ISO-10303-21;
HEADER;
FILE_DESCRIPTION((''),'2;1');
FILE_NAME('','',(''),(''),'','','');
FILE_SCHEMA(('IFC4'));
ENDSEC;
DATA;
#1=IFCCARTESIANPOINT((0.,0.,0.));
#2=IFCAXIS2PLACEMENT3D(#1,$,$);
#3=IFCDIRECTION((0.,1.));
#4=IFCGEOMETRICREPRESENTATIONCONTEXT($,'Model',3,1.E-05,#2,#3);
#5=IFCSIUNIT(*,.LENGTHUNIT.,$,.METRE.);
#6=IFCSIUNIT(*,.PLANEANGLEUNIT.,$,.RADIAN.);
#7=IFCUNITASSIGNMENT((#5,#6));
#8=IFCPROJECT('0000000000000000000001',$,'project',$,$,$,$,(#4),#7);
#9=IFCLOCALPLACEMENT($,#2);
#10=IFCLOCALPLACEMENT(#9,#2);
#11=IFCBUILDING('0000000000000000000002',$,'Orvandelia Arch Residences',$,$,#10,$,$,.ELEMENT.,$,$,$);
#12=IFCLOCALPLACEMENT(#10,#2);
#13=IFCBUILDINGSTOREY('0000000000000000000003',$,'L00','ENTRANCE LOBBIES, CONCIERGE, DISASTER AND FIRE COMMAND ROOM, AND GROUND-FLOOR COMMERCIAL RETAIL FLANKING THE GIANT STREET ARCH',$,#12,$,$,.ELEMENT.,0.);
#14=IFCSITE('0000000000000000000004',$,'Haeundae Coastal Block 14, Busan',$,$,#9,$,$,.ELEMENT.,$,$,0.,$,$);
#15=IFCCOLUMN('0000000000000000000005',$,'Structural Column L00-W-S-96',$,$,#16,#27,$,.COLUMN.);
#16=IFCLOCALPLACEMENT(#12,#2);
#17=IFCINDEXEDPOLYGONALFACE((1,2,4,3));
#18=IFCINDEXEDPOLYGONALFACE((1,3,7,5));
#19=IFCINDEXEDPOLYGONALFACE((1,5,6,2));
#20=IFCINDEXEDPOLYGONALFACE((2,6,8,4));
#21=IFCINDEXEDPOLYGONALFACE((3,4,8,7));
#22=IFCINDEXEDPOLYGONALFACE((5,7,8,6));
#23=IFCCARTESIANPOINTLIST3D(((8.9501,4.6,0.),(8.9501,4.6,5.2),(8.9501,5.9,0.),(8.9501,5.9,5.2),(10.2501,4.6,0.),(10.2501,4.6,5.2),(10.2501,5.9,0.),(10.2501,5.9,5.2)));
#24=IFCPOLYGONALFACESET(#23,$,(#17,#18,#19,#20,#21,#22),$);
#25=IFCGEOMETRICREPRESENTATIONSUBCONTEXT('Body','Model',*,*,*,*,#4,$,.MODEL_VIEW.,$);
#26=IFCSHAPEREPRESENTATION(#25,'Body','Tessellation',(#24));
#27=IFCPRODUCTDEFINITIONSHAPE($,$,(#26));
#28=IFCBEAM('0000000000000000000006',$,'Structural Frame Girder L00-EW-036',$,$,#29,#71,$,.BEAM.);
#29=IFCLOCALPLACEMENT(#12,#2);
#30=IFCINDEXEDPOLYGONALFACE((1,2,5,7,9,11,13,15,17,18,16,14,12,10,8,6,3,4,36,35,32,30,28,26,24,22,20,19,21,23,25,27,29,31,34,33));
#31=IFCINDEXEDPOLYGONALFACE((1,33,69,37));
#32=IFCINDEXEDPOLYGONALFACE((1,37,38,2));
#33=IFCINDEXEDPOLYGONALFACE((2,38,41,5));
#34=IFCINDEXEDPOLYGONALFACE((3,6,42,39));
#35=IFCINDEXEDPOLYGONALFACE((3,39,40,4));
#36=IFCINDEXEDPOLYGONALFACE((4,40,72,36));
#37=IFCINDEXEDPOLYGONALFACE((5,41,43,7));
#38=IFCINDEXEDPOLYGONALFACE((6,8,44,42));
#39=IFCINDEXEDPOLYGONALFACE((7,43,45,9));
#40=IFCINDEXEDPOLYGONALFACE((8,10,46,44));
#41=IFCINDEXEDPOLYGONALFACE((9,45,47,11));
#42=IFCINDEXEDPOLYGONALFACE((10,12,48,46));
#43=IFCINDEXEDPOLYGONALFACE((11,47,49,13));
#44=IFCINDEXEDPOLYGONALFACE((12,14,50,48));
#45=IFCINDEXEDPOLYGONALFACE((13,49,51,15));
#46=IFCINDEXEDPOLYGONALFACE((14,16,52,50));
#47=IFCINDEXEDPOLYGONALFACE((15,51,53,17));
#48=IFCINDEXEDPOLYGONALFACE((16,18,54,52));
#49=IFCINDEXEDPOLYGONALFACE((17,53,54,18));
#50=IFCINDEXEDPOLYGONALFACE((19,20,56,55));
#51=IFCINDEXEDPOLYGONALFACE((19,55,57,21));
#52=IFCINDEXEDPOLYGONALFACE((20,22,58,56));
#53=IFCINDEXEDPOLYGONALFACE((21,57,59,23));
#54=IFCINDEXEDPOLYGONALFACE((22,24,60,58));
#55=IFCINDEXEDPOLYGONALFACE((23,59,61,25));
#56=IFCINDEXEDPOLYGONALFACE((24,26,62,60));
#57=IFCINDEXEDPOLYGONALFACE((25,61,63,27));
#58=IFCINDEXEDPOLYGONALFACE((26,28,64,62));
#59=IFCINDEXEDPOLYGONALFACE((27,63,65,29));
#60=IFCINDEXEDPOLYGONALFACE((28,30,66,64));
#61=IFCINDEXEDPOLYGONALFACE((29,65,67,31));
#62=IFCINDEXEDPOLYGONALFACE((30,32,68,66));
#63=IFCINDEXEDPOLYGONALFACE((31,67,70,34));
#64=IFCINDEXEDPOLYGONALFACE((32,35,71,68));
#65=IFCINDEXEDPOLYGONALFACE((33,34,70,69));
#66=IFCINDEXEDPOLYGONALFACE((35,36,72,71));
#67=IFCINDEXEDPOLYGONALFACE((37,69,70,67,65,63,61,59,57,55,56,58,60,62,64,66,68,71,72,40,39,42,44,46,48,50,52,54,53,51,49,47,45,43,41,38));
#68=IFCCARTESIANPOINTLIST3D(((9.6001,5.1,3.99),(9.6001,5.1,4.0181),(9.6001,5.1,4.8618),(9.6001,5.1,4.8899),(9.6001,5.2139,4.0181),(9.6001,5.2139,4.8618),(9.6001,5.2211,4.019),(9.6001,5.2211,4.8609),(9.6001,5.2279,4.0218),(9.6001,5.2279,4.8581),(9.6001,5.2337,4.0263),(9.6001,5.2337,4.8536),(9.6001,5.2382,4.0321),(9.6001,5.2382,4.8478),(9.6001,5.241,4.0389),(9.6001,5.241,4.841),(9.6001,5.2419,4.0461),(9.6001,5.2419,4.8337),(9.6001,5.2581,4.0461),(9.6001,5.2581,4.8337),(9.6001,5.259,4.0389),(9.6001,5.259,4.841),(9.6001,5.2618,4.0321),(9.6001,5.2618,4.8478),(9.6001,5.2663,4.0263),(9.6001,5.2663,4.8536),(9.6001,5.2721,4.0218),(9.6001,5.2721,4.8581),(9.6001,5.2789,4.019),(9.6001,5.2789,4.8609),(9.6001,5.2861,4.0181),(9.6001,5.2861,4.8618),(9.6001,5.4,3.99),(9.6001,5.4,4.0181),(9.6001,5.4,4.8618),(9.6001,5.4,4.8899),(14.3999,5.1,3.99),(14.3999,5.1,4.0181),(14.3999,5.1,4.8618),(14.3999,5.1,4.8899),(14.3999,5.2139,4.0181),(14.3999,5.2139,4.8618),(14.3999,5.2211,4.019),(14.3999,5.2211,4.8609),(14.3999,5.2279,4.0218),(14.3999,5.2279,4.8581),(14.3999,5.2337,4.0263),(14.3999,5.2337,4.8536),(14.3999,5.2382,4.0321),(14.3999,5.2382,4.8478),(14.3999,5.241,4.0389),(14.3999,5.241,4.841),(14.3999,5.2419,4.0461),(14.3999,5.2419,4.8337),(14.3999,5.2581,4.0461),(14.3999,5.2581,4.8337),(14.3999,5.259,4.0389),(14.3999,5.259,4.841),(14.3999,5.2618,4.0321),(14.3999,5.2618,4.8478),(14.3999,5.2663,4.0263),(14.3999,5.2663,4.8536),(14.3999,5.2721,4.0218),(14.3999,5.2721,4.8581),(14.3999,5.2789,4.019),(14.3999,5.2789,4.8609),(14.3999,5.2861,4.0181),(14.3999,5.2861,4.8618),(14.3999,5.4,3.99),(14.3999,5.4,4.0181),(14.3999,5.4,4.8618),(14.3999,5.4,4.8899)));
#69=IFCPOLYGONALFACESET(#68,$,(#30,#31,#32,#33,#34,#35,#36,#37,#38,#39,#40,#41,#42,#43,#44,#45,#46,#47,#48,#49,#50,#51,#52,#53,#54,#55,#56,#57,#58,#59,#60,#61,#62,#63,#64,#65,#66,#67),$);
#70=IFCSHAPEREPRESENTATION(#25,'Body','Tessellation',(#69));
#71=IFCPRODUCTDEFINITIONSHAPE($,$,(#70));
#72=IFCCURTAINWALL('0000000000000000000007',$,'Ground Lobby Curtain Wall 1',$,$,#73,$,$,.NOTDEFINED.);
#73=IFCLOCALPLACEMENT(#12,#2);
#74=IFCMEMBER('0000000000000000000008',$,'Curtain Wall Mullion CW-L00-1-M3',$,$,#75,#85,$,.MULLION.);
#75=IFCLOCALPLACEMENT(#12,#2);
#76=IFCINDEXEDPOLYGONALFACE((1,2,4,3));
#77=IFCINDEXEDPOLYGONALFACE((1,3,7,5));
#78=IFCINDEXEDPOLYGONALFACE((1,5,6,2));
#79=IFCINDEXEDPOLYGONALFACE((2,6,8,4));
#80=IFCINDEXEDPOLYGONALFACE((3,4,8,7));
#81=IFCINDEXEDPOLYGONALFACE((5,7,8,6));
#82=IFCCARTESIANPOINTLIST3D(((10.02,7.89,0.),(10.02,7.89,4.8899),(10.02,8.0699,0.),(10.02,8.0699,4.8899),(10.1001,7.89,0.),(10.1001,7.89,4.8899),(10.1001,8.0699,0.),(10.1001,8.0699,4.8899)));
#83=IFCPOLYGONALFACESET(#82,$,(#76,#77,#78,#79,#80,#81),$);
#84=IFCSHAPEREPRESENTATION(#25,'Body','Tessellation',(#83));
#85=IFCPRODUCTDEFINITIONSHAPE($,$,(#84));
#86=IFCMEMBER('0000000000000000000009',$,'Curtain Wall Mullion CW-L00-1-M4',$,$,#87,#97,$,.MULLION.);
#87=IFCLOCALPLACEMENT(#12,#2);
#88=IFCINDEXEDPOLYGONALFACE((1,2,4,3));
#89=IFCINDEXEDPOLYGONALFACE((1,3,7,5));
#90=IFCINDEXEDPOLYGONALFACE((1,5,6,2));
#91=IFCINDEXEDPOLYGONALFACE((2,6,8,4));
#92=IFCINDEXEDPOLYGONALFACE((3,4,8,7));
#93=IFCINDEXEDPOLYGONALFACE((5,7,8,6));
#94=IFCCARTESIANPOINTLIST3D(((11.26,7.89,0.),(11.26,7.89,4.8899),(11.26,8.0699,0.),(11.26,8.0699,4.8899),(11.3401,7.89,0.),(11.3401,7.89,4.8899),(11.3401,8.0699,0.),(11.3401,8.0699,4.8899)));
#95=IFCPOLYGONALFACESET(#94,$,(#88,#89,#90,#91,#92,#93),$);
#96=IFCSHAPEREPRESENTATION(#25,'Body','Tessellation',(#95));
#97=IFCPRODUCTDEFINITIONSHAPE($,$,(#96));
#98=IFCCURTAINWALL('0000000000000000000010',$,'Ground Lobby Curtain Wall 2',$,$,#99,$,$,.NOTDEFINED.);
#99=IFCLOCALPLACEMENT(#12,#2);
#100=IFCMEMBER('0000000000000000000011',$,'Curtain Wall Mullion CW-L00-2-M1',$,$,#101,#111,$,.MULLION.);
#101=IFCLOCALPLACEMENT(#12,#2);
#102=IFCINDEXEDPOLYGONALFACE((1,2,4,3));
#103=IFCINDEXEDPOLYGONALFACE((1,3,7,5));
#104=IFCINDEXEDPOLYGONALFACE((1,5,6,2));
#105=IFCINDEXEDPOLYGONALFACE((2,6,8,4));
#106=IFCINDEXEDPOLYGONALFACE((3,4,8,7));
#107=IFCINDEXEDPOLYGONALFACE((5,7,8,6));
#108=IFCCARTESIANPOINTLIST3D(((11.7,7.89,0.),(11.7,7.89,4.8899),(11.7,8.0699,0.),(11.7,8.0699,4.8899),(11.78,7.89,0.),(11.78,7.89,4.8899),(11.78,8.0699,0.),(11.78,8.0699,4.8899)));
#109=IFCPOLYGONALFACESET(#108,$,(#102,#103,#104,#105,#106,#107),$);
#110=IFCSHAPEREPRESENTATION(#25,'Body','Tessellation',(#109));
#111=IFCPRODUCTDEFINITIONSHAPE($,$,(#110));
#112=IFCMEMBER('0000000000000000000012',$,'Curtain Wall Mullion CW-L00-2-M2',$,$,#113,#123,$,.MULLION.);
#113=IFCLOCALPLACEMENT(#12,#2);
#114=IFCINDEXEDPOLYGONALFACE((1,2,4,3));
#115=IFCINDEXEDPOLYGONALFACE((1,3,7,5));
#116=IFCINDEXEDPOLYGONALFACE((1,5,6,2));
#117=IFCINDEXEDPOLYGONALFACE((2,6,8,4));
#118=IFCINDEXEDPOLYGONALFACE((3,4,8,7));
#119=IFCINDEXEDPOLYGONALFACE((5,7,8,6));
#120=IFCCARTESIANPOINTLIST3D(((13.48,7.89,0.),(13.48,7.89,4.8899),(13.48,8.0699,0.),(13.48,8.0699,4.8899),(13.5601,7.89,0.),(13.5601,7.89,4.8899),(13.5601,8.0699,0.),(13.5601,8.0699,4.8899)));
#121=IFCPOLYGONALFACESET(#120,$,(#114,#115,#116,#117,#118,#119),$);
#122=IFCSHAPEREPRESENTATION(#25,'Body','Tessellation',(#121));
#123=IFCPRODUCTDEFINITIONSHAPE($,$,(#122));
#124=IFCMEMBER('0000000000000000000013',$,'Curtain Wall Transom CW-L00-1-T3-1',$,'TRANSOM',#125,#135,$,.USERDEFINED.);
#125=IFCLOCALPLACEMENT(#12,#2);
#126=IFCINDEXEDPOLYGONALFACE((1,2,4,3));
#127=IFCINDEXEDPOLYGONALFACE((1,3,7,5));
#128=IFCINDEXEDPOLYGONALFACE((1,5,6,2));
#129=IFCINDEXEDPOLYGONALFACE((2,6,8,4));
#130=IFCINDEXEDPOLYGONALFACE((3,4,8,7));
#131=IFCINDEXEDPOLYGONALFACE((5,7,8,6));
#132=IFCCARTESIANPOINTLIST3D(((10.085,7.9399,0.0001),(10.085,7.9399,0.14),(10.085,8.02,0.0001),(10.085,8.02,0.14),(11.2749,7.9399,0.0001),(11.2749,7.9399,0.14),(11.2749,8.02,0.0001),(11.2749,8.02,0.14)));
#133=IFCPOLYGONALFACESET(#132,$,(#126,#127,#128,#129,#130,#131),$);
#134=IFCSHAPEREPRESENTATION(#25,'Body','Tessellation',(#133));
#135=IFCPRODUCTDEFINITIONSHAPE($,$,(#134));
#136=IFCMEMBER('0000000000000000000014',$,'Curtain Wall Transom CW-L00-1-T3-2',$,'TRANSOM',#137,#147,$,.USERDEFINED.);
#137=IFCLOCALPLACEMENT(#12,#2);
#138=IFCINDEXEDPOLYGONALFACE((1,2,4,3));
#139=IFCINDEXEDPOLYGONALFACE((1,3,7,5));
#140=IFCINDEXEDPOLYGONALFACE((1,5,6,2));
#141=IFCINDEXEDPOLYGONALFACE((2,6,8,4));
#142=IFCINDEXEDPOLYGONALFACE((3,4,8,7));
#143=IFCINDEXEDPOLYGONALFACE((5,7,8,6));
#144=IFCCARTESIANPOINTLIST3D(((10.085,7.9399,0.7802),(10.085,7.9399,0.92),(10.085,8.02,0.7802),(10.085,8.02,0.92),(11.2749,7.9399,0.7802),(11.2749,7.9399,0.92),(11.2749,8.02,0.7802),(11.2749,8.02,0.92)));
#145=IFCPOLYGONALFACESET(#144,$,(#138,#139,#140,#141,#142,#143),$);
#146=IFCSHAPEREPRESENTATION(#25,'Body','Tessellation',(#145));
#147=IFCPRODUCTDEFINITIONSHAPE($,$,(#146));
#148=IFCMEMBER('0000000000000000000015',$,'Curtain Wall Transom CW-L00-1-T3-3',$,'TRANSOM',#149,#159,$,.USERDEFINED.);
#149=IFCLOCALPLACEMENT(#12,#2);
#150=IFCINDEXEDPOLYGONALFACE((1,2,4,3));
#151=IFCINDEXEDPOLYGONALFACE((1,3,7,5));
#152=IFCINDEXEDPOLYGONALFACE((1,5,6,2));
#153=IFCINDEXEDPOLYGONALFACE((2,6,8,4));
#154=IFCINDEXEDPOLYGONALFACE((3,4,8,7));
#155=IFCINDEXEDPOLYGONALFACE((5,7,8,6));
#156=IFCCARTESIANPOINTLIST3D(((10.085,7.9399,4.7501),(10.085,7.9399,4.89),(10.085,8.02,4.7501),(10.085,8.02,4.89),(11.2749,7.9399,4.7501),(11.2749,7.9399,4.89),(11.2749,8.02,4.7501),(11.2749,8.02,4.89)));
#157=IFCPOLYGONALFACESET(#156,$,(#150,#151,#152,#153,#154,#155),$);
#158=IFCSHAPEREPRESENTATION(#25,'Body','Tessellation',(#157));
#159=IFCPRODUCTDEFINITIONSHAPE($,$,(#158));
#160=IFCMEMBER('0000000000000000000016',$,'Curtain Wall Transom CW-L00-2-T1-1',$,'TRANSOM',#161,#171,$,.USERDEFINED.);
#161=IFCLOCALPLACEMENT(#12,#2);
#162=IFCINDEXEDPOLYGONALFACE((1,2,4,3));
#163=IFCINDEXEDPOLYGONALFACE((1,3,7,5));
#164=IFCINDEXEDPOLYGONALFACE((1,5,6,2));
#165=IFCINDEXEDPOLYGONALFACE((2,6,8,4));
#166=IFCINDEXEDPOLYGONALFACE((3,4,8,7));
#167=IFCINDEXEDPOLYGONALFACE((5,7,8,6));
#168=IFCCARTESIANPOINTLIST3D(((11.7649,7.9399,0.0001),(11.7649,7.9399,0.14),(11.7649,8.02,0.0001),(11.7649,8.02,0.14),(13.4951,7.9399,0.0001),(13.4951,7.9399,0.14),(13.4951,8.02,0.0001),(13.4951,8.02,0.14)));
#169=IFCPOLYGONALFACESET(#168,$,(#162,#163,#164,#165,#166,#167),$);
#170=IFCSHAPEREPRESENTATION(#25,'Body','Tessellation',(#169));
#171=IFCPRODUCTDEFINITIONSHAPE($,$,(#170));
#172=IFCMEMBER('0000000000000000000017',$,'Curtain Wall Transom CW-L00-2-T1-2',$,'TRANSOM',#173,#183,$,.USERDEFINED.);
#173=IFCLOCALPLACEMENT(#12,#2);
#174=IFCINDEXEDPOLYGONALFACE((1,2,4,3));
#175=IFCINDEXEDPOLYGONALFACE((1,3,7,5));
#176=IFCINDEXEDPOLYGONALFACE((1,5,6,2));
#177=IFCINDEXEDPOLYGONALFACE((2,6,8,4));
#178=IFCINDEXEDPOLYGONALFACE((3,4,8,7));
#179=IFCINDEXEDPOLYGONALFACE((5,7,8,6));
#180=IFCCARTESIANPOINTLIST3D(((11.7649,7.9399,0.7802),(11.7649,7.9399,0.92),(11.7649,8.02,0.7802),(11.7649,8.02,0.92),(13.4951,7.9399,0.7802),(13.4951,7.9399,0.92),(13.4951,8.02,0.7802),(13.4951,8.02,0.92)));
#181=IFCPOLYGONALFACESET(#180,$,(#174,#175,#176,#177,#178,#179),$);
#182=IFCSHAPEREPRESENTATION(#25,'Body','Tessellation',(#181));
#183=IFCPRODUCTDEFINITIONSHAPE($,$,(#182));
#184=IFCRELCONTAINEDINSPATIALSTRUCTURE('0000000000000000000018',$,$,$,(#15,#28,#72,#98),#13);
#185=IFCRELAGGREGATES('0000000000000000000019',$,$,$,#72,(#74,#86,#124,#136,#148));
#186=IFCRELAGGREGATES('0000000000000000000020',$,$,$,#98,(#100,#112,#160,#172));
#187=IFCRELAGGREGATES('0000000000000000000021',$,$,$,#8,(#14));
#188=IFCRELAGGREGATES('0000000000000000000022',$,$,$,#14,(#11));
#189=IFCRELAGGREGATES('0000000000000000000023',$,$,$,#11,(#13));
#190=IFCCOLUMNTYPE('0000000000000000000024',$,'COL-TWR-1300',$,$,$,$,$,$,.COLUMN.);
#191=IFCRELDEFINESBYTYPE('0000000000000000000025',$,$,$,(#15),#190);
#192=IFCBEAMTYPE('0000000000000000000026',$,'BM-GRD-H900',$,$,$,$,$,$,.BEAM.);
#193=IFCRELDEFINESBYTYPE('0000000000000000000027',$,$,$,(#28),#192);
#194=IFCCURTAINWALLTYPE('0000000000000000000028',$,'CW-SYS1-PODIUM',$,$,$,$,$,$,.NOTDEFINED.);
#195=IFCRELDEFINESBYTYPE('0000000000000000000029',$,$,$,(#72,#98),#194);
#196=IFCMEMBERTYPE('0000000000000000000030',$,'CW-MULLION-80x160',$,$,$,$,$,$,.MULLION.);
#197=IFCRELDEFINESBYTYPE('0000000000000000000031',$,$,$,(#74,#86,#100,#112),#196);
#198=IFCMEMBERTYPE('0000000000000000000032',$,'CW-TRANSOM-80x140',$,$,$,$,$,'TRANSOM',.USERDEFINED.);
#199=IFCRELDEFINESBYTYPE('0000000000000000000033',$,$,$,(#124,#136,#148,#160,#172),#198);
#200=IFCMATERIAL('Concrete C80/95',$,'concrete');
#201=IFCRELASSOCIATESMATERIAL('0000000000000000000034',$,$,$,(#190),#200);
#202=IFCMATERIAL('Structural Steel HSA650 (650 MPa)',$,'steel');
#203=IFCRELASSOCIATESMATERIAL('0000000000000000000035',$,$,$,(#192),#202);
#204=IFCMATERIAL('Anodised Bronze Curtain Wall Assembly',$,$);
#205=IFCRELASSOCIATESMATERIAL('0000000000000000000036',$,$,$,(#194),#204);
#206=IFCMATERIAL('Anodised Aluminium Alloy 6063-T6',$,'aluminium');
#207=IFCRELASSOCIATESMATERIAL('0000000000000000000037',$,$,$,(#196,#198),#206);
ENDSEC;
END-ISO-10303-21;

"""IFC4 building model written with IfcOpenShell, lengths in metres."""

from ifc_helpers import new_model, si_unit, direction, frame, origin, origin_2d, place, context, subcontext, project, spatial, rectangle, i_section, extrude, material, material_profile, profile_set, type_object, element, aggregate, save


model = new_model("IFC4")

# Units and contexts
model_context = context("Model", 3, precision=1e-05, world=origin(), true_north=direction((0.0, 1.0)))
body_context = subcontext(model_context, "Body", "Model", "MODEL_VIEW")
ifc_project = project(units=[si_unit("LENGTHUNIT", "METRE"), si_unit("PLANEANGLEUNIT", "RADIAN")], contexts=[model_context])

# Site, building, storey
site_placement = place(None, origin())
site = spatial("IfcSite", under=ifc_project, at=site_placement, Name="Haeundae Coastal Block 14, Busan", CompositionType="ELEMENT", RefElevation=0.0)
building_placement = place(site_placement, origin())
building = spatial("IfcBuilding", under=site, at=building_placement, Name="Orvandelia Arch Residences", CompositionType="ELEMENT")
storey_placement = place(building_placement, origin())
storey = spatial("IfcBuildingStorey", under=building, at=storey_placement, Name="L00", Description="ENTRANCE LOBBIES, CONCIERGE, DISASTER AND FIRE COMMAND ROOM, AND GROUND-FLOOR COMMERCIAL RETAIL FLANKING THE GIANT STREET ARCH", CompositionType="ELEMENT", Elevation=0.0)

# Column
ifc_material_1 = material(Name="Concrete C80/95", Category="concrete")
ifc_material_profile_1 = material_profile(ifc_material_1, rectangle(XDim=1.3, YDim=1.3, at=origin_2d()), Name="Concrete C80/95", Category="concrete")
ifc_profile_set_1 = profile_set([ifc_material_profile_1], Name="Concrete C80/95")
column_type = type_object("IfcColumnType", Name="COL-TWR-1300", PredefinedType="COLUMN", material=ifc_profile_set_1)
column_placement = place(storey_placement, frame((9.6001, 5.25, 0.0), z_axis=(0.0, 0.0, 1.0), x_axis=(1.0, 0.0, 0.0)))
element("IfcColumn", 1, at=column_placement, inside=storey, type_object=column_type, Name="Structural Column L00-W-S-96", PredefinedType="COLUMN", context=body_context, shape_type="SweptSolid", body=[
    extrude(rectangle(XDim=1.3, YDim=1.3, at=origin_2d()), origin(), (0.0, 0.0, 1.0), 5.2),
])

# Beam
ifc_material_2 = material(Name="Structural Steel HSA650 (650 MPa)", Category="steel")
ifc_material_profile_2 = material_profile(ifc_material_2, i_section(OverallWidth=0.3, OverallDepth=0.8999, WebThickness=0.0161, FlangeThickness=0.0281, FilletRadius=0.0281, at=origin_2d()), Name="Structural Steel HSA650 (650 MPa)", Category="steel")
ifc_profile_set_2 = profile_set([ifc_material_profile_2], Name="Structural Steel HSA650 (650 MPa)")
beam_type = type_object("IfcBeamType", Name="BM-GRD-H900", PredefinedType="BEAM", material=ifc_profile_set_2)
beam_placement = place(storey_placement, frame((9.6001, 5.25, 4.4399), z_axis=(1.0, 0.0, 0.0), x_axis=(0.0, 1.0, 0.0)))
element("IfcBeam", 2, at=beam_placement, inside=storey, type_object=beam_type, Name="Structural Frame Girder L00-EW-036", PredefinedType="BEAM", context=body_context, shape_type="SweptSolid", body=[
    extrude(i_section(OverallWidth=0.3, OverallDepth=0.8999, WebThickness=0.0161, FlangeThickness=0.0281, FilletRadius=0.0281, at=origin_2d()), origin(), (0.0, 0.0, 1.0), 4.7998),
])

# Curtain walls, members
ifc_material_3 = material(Name="Anodised Bronze Curtain Wall Assembly")
curtain_wall_type = type_object("IfcCurtainWallType", Name="CW-SYS1-PODIUM", PredefinedType="NOTDEFINED", material=ifc_material_3)
curtain_wall_1_placement = place(storey_placement, origin())
curtain_wall_1 = element("IfcCurtainWall", 3, at=curtain_wall_1_placement, inside=storey, type_object=curtain_wall_type, Name="Ground Lobby Curtain Wall 1", PredefinedType="NOTDEFINED")
ifc_material_4 = material(Name="Anodised Aluminium Alloy 6063-T6", Category="aluminium")
ifc_material_profile_3 = material_profile(ifc_material_4, rectangle(XDim=0.0801, YDim=0.1799, at=origin_2d()), Name="Anodised Aluminium Alloy 6063-T6", Category="aluminium")
ifc_profile_set_3 = profile_set([ifc_material_profile_3], Name="Anodised Aluminium Alloy 6063-T6")
member_type_1 = type_object("IfcMemberType", Name="CW-MULLION-80x160", PredefinedType="MULLION", material=ifc_profile_set_3)
member_1_placement = place(storey_placement, frame((10.0601, 7.98, 0.0), z_axis=(0.0, 0.0, 1.0), x_axis=(1.0, 0.0, 0.0)))
member_1 = element("IfcMember", 4, at=member_1_placement, type_object=member_type_1, Name="Curtain Wall Mullion CW-L00-1-M3", PredefinedType="MULLION", context=body_context, shape_type="SweptSolid", body=[
    extrude(rectangle(XDim=0.0801, YDim=0.1799, at=origin_2d()), origin(), (0.0, 0.0, 1.0), 4.8899),
])
member_2_placement = place(storey_placement, frame((11.3, 7.98, 0.0), z_axis=(0.0, 0.0, 1.0), x_axis=(1.0, 0.0, 0.0)))
member_2 = element("IfcMember", 5, at=member_2_placement, type_object=member_type_1, Name="Curtain Wall Mullion CW-L00-1-M4", PredefinedType="MULLION", context=body_context, shape_type="SweptSolid", body=[
    extrude(rectangle(XDim=0.0801, YDim=0.1799, at=origin_2d()), origin(), (0.0, 0.0, 1.0), 4.8899),
])
curtain_wall_2_placement = place(storey_placement, origin())
curtain_wall_2 = element("IfcCurtainWall", 6, at=curtain_wall_2_placement, inside=storey, type_object=curtain_wall_type, Name="Ground Lobby Curtain Wall 2", PredefinedType="NOTDEFINED")
member_3_placement = place(storey_placement, frame((11.74, 7.98, 0.0), z_axis=(0.0, 0.0, 1.0), x_axis=(1.0, 0.0, 0.0)))
member_3 = element("IfcMember", 7, at=member_3_placement, type_object=member_type_1, Name="Curtain Wall Mullion CW-L00-2-M1", PredefinedType="MULLION", context=body_context, shape_type="SweptSolid", body=[
    extrude(rectangle(XDim=0.0801, YDim=0.1799, at=origin_2d()), origin(), (0.0, 0.0, 1.0), 4.8899),
])
member_4_placement = place(storey_placement, frame((13.52, 7.98, 0.0), z_axis=(0.0, 0.0, 1.0), x_axis=(1.0, 0.0, 0.0)))
member_4 = element("IfcMember", 8, at=member_4_placement, type_object=member_type_1, Name="Curtain Wall Mullion CW-L00-2-M2", PredefinedType="MULLION", context=body_context, shape_type="SweptSolid", body=[
    extrude(rectangle(XDim=0.0801, YDim=0.1799, at=origin_2d()), origin(), (0.0, 0.0, 1.0), 4.8899),
])

# Members
ifc_material_profile_4 = material_profile(ifc_material_4, rectangle(XDim=0.0801, YDim=0.1399, at=origin_2d()), Name="Anodised Aluminium Alloy 6063-T6", Category="aluminium")
ifc_profile_set_4 = profile_set([ifc_material_profile_4], Name="Anodised Aluminium Alloy 6063-T6")
member_type_2 = type_object("IfcMemberType", Name="CW-TRANSOM-80x140", ElementType="TRANSOM", PredefinedType="USERDEFINED", material=ifc_profile_set_4)
member_5_placement = place(storey_placement, frame((10.085, 7.98, 0.0701), z_axis=(1.0, 0.0, 0.0), x_axis=(0.0, 1.0, 0.0)))
member_5 = element("IfcMember", 9, at=member_5_placement, type_object=member_type_2, Name="Curtain Wall Transom CW-L00-1-T3-1", ObjectType="TRANSOM", PredefinedType="USERDEFINED", context=body_context, shape_type="SweptSolid", body=[
    extrude(rectangle(XDim=0.0801, YDim=0.1399, at=origin_2d()), origin(), (0.0, 0.0, 1.0), 1.1899),
])
member_6_placement = place(storey_placement, frame((10.085, 7.98, 0.8501), z_axis=(1.0, 0.0, 0.0), x_axis=(0.0, 1.0, 0.0)))
member_6 = element("IfcMember", 10, at=member_6_placement, type_object=member_type_2, Name="Curtain Wall Transom CW-L00-1-T3-2", ObjectType="TRANSOM", PredefinedType="USERDEFINED", context=body_context, shape_type="SweptSolid", body=[
    extrude(rectangle(XDim=0.0801, YDim=0.1399, at=origin_2d()), origin(), (0.0, 0.0, 1.0), 1.1899),
])
member_7_placement = place(storey_placement, frame((10.085, 7.98, 4.8201), z_axis=(1.0, 0.0, 0.0), x_axis=(0.0, 1.0, 0.0)))
member_7 = element("IfcMember", 11, at=member_7_placement, type_object=member_type_2, Name="Curtain Wall Transom CW-L00-1-T3-3", ObjectType="TRANSOM", PredefinedType="USERDEFINED", context=body_context, shape_type="SweptSolid", body=[
    extrude(rectangle(XDim=0.0801, YDim=0.1399, at=origin_2d()), origin(), (0.0, 0.0, 1.0), 1.1899),
])
member_8_placement = place(storey_placement, frame((11.7649, 7.98, 0.0701), z_axis=(1.0, 0.0, 0.0), x_axis=(0.0, 1.0, 0.0)))
member_8 = element("IfcMember", 12, at=member_8_placement, type_object=member_type_2, Name="Curtain Wall Transom CW-L00-2-T1-1", ObjectType="TRANSOM", PredefinedType="USERDEFINED", context=body_context, shape_type="SweptSolid", body=[
    extrude(rectangle(XDim=0.0801, YDim=0.1399, at=origin_2d()), origin(), (0.0, 0.0, 1.0), 1.7302),
])
member_9_placement = place(storey_placement, frame((11.7649, 7.98, 0.8501), z_axis=(1.0, 0.0, 0.0), x_axis=(0.0, 1.0, 0.0)))
member_9 = element("IfcMember", 13, at=member_9_placement, type_object=member_type_2, Name="Curtain Wall Transom CW-L00-2-T1-2", ObjectType="TRANSOM", PredefinedType="USERDEFINED", context=body_context, shape_type="SweptSolid", body=[
    extrude(rectangle(XDim=0.0801, YDim=0.1399, at=origin_2d()), origin(), (0.0, 0.0, 1.0), 1.7302),
])

aggregate(curtain_wall_1, [member_1, member_2, member_5, member_6, member_7])
aggregate(curtain_wall_2, [member_3, member_4, member_8, member_9])

save(model, "model.ifc")
